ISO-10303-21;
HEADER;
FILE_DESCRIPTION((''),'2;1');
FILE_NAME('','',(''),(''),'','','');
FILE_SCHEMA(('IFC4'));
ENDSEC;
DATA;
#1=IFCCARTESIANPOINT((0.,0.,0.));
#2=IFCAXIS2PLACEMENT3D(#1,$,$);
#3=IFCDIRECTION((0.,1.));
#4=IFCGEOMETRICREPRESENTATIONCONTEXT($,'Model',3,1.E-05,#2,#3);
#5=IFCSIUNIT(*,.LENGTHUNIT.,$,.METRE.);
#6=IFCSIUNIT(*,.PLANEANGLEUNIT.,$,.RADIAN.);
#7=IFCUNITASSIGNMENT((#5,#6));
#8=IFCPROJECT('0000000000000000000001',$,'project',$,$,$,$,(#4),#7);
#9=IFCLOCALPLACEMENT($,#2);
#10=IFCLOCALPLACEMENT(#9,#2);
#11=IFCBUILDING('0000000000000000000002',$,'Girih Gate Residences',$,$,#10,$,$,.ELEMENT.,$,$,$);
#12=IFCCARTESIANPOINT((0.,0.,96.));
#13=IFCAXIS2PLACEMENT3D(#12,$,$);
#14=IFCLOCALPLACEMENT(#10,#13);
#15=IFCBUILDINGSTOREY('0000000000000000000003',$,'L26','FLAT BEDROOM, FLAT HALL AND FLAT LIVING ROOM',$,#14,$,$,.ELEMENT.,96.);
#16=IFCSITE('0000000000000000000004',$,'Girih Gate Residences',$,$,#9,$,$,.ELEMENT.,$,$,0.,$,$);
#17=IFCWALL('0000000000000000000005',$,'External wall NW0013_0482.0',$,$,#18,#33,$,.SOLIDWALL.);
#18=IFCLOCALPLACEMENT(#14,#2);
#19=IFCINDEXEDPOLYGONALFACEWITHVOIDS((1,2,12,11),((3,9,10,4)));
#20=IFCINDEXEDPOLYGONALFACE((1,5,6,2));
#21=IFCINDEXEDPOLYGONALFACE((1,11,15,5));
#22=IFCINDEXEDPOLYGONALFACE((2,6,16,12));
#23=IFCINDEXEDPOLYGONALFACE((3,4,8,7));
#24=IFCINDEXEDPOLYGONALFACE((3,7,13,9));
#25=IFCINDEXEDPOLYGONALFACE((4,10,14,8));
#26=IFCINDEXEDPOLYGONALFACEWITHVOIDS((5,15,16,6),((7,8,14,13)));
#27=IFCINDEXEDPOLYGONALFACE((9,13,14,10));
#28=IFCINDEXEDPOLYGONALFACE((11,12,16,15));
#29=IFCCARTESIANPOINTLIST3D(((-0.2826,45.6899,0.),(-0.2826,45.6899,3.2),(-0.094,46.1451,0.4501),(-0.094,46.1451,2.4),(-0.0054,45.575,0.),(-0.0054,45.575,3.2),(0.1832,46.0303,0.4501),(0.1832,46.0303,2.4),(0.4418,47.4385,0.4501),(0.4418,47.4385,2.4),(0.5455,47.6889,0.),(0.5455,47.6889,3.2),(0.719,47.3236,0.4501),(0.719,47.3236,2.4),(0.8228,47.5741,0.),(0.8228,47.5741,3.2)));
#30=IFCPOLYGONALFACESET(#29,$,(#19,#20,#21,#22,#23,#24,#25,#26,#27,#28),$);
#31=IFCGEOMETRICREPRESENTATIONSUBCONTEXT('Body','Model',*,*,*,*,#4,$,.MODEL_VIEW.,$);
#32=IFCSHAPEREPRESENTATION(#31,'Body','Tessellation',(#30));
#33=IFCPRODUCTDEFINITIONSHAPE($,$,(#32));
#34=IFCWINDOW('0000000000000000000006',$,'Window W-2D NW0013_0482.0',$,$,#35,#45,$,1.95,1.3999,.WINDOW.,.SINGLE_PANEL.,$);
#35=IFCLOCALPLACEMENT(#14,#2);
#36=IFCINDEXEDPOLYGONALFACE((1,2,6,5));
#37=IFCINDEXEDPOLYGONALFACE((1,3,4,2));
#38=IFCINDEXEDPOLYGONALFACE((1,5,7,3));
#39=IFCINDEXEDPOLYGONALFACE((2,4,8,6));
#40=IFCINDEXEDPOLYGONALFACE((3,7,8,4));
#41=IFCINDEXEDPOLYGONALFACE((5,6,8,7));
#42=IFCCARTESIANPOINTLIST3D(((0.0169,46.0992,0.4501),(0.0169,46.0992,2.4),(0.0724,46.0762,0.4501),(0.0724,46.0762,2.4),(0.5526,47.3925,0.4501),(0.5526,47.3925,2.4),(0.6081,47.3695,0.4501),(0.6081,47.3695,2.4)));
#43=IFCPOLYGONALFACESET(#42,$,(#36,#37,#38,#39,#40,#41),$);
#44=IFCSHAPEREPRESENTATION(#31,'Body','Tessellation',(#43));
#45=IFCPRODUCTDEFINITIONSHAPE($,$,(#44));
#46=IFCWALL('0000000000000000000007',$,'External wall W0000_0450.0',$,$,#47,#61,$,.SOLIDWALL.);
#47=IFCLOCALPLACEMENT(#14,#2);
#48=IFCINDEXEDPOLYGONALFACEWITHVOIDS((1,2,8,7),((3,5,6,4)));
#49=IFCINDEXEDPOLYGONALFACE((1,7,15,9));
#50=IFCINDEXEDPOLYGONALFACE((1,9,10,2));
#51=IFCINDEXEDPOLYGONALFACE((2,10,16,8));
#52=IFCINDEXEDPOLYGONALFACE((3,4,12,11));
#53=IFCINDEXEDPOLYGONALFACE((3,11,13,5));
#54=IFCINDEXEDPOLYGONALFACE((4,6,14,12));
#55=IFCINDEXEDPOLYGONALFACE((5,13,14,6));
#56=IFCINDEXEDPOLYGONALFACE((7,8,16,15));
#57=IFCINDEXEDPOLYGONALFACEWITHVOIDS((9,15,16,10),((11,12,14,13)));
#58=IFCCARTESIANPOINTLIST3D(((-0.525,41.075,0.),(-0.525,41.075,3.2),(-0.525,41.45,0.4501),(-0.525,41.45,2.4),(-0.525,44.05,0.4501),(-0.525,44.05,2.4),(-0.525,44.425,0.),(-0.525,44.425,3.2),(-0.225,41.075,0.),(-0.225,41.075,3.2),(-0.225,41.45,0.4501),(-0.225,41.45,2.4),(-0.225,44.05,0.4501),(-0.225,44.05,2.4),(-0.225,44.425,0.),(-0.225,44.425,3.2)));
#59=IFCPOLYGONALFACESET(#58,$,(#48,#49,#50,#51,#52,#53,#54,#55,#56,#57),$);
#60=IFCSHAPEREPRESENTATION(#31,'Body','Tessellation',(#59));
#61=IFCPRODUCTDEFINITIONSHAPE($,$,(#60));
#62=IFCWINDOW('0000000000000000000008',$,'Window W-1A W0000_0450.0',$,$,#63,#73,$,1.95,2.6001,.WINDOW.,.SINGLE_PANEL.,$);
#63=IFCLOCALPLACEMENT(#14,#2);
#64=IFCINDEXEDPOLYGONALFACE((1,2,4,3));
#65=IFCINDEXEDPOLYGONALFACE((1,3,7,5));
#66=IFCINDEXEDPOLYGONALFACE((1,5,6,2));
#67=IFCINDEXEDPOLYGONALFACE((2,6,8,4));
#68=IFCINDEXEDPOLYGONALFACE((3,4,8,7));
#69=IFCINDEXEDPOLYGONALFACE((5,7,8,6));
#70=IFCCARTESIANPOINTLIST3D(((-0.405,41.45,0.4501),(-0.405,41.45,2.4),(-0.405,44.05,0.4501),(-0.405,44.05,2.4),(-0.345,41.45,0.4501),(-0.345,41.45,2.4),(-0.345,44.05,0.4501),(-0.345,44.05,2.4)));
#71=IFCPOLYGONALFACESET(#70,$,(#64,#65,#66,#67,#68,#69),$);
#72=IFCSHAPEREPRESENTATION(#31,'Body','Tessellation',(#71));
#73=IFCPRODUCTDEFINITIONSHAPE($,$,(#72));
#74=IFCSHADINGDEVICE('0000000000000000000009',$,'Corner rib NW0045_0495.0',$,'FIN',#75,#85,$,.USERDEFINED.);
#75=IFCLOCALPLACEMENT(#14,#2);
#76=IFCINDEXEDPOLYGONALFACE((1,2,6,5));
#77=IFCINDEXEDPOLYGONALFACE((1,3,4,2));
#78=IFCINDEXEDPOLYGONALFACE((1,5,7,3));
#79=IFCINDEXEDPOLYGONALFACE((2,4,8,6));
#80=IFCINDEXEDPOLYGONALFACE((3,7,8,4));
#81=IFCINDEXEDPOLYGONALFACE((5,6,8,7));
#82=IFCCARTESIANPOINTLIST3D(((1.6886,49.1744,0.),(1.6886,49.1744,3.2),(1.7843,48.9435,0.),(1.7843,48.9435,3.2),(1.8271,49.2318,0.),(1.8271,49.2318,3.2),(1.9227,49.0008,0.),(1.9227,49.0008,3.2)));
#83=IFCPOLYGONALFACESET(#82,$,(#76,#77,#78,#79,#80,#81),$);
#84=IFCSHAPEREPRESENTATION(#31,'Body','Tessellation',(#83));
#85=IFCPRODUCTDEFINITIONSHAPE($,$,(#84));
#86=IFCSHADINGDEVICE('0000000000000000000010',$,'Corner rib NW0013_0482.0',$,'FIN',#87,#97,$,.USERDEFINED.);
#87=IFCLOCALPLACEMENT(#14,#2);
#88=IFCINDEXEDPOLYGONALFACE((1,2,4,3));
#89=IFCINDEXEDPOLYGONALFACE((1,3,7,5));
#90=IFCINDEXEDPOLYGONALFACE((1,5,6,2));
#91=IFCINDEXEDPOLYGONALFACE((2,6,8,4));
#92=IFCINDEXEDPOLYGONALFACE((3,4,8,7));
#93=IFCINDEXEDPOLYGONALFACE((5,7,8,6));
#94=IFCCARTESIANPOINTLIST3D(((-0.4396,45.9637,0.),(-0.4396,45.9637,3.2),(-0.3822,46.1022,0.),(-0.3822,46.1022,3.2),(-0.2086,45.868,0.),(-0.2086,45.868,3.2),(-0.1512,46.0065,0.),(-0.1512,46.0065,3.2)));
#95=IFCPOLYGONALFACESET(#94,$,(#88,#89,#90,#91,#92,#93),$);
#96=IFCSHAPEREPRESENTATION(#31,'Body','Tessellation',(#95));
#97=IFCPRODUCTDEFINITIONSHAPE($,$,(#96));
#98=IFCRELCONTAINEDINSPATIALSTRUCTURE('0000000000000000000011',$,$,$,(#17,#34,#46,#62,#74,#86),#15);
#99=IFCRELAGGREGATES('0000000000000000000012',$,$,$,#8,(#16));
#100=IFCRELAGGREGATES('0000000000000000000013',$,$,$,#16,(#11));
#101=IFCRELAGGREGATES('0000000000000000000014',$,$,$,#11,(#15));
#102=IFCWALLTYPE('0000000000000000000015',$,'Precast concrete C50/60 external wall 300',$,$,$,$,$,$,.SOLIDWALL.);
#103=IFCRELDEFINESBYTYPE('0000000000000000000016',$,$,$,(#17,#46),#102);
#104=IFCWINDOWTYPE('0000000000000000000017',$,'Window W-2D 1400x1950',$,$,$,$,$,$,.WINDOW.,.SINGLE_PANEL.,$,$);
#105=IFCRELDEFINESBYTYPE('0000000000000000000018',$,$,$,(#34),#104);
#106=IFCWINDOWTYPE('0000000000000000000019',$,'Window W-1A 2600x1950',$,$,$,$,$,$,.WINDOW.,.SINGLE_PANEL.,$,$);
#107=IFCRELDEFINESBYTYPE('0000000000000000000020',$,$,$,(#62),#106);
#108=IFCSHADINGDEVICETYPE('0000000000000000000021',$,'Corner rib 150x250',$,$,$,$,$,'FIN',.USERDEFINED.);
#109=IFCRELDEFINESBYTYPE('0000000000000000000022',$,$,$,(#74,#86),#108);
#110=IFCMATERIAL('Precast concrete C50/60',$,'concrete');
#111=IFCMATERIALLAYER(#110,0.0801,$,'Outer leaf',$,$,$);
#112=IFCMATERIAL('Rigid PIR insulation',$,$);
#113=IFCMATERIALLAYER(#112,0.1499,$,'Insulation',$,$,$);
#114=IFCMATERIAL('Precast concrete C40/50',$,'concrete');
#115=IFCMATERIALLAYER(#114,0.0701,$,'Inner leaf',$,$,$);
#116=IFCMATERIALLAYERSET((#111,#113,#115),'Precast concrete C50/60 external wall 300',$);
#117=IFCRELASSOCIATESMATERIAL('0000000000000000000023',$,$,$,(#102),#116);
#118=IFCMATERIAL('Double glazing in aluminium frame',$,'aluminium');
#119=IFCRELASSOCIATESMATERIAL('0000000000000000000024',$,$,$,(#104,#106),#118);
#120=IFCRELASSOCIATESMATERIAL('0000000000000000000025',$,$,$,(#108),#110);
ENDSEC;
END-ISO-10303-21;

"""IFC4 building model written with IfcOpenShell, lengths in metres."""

from ifc_helpers import new_model, si_unit, direction, frame, frame_2d, origin, origin_2d, place, context, subcontext, project, spatial, rectangle, extrude, material, layer, layer_set, type_object, element, fill, save


model = new_model("IFC4")

# Units and contexts
model_context = context("Model", 3, precision=1e-05, world=origin(), true_north=direction((0.0, 1.0)))
body_context = subcontext(model_context, "Body", "Model", "MODEL_VIEW")
ifc_project = project(units=[si_unit("LENGTHUNIT", "METRE"), si_unit("PLANEANGLEUNIT", "RADIAN")], contexts=[model_context])

# Site, building, storey
site_placement = place(None, origin())
site = spatial("IfcSite", under=ifc_project, at=site_placement, Name="Girih Gate Residences", CompositionType="ELEMENT", RefElevation=0.0)
building_placement = place(site_placement, origin())
building = spatial("IfcBuilding", under=site, at=building_placement, Name="Girih Gate Residences", CompositionType="ELEMENT")
storey_placement = place(building_placement, frame((0.0, 0.0, 96.0)))
storey = spatial("IfcBuildingStorey", under=building, at=storey_placement, Name="L26", Description="FLAT BEDROOM, FLAT HALL AND FLAT LIVING ROOM", CompositionType="ELEMENT", Elevation=96.0)

# Walls, openings, windows
ifc_material_1 = material(Name="Precast concrete C50/60", Category="concrete")
ifc_layer_1 = layer(ifc_material_1, 0.0801, Name="Outer leaf")
ifc_material_2 = material(Name="Rigid PIR insulation")
ifc_layer_2 = layer(ifc_material_2, 0.1499, Name="Insulation")
ifc_material_3 = material(Name="Precast concrete C40/50", Category="concrete")
ifc_layer_3 = layer(ifc_material_3, 0.0701, Name="Inner leaf")
ifc_layer_set_1 = layer_set([ifc_layer_1, ifc_layer_2, ifc_layer_3], Name="Precast concrete C50/60 external wall 300")
wall_type_1 = type_object("IfcWallType", Name="Precast concrete C50/60 external wall 300", PredefinedType="SOLIDWALL", material=ifc_layer_set_1)
ifc_material_4 = material(Name="Double glazing in aluminium frame", Category="aluminium")
window_type_1 = type_object("IfcWindowType", Name="Window W-2D 1400x1950", PartitioningType="SINGLE_PANEL", PredefinedType="WINDOW", material=ifc_material_4)
wall_1_placement = place(storey_placement, frame((-0.144, 45.6323, 0.0), z_axis=(0.0, 0.0, 1.0), x_axis=(0.382724, 0.923863, 0.0)))
wall_1 = element("IfcWall", 1, at=wall_1_placement, inside=storey, type_object=wall_type_1, Name="External wall NW0013_0482.0", PredefinedType="SOLIDWALL", context=body_context, shape_type="SweptSolid", body=[
    extrude(rectangle(XDim=2.1638, YDim=0.3, at=frame_2d((1.082, 0.0))), origin(), (0.0, 0.0, 1.0), 3.2),
])
opening_1_placement = place(wall_1_placement, frame((0.4929, 0.0, 0.45)))
opening_1 = element("IfcOpeningElement", 2, at=opening_1_placement, cuts=wall_1, PredefinedType="OPENING", context=body_context, shape_type="SweptSolid", body=[
    extrude(rectangle(XDim=1.3999, YDim=1.95, at=frame_2d((0.7, 0.9751))), frame((0.0, 0.1599, 0.0), z_axis=(0.0, -1.0, 0.0), x_axis=(1.0, 0.0, 0.0)), (0.0, 0.0, 1.0), 0.3201),
])
window_1_placement = place(opening_1_placement, origin())
window_1 = element("IfcWindow", 3, at=window_1_placement, inside=storey, type_object=window_type_1, Name="Window W-2D NW0013_0482.0", OverallHeight=1.95, OverallWidth=1.3999, PartitioningType="SINGLE_PANEL", PredefinedType="WINDOW", context=body_context, shape_type="SweptSolid", body=[
    extrude(rectangle(XDim=1.3999, YDim=1.95, at=frame_2d((0.7, 0.9751))), frame((0.0, 0.03, 0.0), z_axis=(0.0, -1.0, 0.0), x_axis=(1.0, 0.0, 0.0)), (0.0, 0.0, 1.0), 0.0601),
])
fill(opening_1, window_1)
wall_2_placement = place(storey_placement, frame((-0.375, 41.075, 0.0), z_axis=(0.0, 0.0, 1.0), x_axis=(0.0, 1.0, 0.0)))
wall_2 = element("IfcWall", 4, at=wall_2_placement, inside=storey, type_object=wall_type_1, Name="External wall W0000_0450.0", PredefinedType="SOLIDWALL", context=body_context, shape_type="SweptSolid", body=[
    extrude(rectangle(XDim=3.3501, YDim=0.3, at=frame_2d((1.675, 0.0))), origin(), (0.0, 0.0, 1.0), 3.2),
])
opening_2_placement = place(wall_2_placement, frame((0.375, 0.0, 0.45)))
opening_2 = element("IfcOpeningElement", 5, at=opening_2_placement, cuts=wall_2, PredefinedType="OPENING", context=body_context, shape_type="SweptSolid", body=[
    extrude(rectangle(XDim=2.6001, YDim=1.95, at=frame_2d((1.3, 0.9751))), frame((0.0, 0.1599, 0.0), z_axis=(0.0, -1.0, 0.0), x_axis=(1.0, 0.0, 0.0)), (0.0, 0.0, 1.0), 0.3201),
])
window_type_2 = type_object("IfcWindowType", Name="Window W-1A 2600x1950", PartitioningType="SINGLE_PANEL", PredefinedType="WINDOW", material=ifc_material_4)
window_2_placement = place(opening_2_placement, origin())
window_2 = element("IfcWindow", 6, at=window_2_placement, inside=storey, type_object=window_type_2, Name="Window W-1A W0000_0450.0", OverallHeight=1.95, OverallWidth=2.6001, PartitioningType="SINGLE_PANEL", PredefinedType="WINDOW", context=body_context, shape_type="SweptSolid", body=[
    extrude(rectangle(XDim=2.6001, YDim=1.95, at=frame_2d((1.3, 0.9751))), frame((0.0, 0.03, 0.0), z_axis=(0.0, -1.0, 0.0), x_axis=(1.0, 0.0, 0.0)), (0.0, 0.0, 1.0), 0.0601),
])
fill(opening_2, window_2)

# Shading devices
shading_device_type = type_object("IfcShadingDeviceType", Name="Corner rib 150x250", ElementType="FIN", PredefinedType="USERDEFINED", material=ifc_material_1)
for number, where, z_axis, x_axis, name in (
    (7, (1.8057, 49.0876, 0.0), (0.0, 0.0, 1.0), (-0.92388, -0.382683, 0.0), "Corner rib NW0045_0495.0"),
    (8, (-0.2954, 45.9851, 0.0), (0.0, 0.0, 1.0), (-0.382683, -0.92388, 0.0), "Corner rib NW0013_0482.0"),
):
    element("IfcShadingDevice", number, at=place(storey_placement, frame(where, z_axis=z_axis, x_axis=x_axis)), inside=storey, type_object=shading_device_type, Name=name, ObjectType="FIN", PredefinedType="USERDEFINED", context=body_context, shape_type="SweptSolid", body=[
        extrude(rectangle(XDim=0.1499, YDim=0.25, at=origin_2d()), origin(), (0.0, 0.0, 1.0), 3.2),
    ])

save(model, "model.ifc")
